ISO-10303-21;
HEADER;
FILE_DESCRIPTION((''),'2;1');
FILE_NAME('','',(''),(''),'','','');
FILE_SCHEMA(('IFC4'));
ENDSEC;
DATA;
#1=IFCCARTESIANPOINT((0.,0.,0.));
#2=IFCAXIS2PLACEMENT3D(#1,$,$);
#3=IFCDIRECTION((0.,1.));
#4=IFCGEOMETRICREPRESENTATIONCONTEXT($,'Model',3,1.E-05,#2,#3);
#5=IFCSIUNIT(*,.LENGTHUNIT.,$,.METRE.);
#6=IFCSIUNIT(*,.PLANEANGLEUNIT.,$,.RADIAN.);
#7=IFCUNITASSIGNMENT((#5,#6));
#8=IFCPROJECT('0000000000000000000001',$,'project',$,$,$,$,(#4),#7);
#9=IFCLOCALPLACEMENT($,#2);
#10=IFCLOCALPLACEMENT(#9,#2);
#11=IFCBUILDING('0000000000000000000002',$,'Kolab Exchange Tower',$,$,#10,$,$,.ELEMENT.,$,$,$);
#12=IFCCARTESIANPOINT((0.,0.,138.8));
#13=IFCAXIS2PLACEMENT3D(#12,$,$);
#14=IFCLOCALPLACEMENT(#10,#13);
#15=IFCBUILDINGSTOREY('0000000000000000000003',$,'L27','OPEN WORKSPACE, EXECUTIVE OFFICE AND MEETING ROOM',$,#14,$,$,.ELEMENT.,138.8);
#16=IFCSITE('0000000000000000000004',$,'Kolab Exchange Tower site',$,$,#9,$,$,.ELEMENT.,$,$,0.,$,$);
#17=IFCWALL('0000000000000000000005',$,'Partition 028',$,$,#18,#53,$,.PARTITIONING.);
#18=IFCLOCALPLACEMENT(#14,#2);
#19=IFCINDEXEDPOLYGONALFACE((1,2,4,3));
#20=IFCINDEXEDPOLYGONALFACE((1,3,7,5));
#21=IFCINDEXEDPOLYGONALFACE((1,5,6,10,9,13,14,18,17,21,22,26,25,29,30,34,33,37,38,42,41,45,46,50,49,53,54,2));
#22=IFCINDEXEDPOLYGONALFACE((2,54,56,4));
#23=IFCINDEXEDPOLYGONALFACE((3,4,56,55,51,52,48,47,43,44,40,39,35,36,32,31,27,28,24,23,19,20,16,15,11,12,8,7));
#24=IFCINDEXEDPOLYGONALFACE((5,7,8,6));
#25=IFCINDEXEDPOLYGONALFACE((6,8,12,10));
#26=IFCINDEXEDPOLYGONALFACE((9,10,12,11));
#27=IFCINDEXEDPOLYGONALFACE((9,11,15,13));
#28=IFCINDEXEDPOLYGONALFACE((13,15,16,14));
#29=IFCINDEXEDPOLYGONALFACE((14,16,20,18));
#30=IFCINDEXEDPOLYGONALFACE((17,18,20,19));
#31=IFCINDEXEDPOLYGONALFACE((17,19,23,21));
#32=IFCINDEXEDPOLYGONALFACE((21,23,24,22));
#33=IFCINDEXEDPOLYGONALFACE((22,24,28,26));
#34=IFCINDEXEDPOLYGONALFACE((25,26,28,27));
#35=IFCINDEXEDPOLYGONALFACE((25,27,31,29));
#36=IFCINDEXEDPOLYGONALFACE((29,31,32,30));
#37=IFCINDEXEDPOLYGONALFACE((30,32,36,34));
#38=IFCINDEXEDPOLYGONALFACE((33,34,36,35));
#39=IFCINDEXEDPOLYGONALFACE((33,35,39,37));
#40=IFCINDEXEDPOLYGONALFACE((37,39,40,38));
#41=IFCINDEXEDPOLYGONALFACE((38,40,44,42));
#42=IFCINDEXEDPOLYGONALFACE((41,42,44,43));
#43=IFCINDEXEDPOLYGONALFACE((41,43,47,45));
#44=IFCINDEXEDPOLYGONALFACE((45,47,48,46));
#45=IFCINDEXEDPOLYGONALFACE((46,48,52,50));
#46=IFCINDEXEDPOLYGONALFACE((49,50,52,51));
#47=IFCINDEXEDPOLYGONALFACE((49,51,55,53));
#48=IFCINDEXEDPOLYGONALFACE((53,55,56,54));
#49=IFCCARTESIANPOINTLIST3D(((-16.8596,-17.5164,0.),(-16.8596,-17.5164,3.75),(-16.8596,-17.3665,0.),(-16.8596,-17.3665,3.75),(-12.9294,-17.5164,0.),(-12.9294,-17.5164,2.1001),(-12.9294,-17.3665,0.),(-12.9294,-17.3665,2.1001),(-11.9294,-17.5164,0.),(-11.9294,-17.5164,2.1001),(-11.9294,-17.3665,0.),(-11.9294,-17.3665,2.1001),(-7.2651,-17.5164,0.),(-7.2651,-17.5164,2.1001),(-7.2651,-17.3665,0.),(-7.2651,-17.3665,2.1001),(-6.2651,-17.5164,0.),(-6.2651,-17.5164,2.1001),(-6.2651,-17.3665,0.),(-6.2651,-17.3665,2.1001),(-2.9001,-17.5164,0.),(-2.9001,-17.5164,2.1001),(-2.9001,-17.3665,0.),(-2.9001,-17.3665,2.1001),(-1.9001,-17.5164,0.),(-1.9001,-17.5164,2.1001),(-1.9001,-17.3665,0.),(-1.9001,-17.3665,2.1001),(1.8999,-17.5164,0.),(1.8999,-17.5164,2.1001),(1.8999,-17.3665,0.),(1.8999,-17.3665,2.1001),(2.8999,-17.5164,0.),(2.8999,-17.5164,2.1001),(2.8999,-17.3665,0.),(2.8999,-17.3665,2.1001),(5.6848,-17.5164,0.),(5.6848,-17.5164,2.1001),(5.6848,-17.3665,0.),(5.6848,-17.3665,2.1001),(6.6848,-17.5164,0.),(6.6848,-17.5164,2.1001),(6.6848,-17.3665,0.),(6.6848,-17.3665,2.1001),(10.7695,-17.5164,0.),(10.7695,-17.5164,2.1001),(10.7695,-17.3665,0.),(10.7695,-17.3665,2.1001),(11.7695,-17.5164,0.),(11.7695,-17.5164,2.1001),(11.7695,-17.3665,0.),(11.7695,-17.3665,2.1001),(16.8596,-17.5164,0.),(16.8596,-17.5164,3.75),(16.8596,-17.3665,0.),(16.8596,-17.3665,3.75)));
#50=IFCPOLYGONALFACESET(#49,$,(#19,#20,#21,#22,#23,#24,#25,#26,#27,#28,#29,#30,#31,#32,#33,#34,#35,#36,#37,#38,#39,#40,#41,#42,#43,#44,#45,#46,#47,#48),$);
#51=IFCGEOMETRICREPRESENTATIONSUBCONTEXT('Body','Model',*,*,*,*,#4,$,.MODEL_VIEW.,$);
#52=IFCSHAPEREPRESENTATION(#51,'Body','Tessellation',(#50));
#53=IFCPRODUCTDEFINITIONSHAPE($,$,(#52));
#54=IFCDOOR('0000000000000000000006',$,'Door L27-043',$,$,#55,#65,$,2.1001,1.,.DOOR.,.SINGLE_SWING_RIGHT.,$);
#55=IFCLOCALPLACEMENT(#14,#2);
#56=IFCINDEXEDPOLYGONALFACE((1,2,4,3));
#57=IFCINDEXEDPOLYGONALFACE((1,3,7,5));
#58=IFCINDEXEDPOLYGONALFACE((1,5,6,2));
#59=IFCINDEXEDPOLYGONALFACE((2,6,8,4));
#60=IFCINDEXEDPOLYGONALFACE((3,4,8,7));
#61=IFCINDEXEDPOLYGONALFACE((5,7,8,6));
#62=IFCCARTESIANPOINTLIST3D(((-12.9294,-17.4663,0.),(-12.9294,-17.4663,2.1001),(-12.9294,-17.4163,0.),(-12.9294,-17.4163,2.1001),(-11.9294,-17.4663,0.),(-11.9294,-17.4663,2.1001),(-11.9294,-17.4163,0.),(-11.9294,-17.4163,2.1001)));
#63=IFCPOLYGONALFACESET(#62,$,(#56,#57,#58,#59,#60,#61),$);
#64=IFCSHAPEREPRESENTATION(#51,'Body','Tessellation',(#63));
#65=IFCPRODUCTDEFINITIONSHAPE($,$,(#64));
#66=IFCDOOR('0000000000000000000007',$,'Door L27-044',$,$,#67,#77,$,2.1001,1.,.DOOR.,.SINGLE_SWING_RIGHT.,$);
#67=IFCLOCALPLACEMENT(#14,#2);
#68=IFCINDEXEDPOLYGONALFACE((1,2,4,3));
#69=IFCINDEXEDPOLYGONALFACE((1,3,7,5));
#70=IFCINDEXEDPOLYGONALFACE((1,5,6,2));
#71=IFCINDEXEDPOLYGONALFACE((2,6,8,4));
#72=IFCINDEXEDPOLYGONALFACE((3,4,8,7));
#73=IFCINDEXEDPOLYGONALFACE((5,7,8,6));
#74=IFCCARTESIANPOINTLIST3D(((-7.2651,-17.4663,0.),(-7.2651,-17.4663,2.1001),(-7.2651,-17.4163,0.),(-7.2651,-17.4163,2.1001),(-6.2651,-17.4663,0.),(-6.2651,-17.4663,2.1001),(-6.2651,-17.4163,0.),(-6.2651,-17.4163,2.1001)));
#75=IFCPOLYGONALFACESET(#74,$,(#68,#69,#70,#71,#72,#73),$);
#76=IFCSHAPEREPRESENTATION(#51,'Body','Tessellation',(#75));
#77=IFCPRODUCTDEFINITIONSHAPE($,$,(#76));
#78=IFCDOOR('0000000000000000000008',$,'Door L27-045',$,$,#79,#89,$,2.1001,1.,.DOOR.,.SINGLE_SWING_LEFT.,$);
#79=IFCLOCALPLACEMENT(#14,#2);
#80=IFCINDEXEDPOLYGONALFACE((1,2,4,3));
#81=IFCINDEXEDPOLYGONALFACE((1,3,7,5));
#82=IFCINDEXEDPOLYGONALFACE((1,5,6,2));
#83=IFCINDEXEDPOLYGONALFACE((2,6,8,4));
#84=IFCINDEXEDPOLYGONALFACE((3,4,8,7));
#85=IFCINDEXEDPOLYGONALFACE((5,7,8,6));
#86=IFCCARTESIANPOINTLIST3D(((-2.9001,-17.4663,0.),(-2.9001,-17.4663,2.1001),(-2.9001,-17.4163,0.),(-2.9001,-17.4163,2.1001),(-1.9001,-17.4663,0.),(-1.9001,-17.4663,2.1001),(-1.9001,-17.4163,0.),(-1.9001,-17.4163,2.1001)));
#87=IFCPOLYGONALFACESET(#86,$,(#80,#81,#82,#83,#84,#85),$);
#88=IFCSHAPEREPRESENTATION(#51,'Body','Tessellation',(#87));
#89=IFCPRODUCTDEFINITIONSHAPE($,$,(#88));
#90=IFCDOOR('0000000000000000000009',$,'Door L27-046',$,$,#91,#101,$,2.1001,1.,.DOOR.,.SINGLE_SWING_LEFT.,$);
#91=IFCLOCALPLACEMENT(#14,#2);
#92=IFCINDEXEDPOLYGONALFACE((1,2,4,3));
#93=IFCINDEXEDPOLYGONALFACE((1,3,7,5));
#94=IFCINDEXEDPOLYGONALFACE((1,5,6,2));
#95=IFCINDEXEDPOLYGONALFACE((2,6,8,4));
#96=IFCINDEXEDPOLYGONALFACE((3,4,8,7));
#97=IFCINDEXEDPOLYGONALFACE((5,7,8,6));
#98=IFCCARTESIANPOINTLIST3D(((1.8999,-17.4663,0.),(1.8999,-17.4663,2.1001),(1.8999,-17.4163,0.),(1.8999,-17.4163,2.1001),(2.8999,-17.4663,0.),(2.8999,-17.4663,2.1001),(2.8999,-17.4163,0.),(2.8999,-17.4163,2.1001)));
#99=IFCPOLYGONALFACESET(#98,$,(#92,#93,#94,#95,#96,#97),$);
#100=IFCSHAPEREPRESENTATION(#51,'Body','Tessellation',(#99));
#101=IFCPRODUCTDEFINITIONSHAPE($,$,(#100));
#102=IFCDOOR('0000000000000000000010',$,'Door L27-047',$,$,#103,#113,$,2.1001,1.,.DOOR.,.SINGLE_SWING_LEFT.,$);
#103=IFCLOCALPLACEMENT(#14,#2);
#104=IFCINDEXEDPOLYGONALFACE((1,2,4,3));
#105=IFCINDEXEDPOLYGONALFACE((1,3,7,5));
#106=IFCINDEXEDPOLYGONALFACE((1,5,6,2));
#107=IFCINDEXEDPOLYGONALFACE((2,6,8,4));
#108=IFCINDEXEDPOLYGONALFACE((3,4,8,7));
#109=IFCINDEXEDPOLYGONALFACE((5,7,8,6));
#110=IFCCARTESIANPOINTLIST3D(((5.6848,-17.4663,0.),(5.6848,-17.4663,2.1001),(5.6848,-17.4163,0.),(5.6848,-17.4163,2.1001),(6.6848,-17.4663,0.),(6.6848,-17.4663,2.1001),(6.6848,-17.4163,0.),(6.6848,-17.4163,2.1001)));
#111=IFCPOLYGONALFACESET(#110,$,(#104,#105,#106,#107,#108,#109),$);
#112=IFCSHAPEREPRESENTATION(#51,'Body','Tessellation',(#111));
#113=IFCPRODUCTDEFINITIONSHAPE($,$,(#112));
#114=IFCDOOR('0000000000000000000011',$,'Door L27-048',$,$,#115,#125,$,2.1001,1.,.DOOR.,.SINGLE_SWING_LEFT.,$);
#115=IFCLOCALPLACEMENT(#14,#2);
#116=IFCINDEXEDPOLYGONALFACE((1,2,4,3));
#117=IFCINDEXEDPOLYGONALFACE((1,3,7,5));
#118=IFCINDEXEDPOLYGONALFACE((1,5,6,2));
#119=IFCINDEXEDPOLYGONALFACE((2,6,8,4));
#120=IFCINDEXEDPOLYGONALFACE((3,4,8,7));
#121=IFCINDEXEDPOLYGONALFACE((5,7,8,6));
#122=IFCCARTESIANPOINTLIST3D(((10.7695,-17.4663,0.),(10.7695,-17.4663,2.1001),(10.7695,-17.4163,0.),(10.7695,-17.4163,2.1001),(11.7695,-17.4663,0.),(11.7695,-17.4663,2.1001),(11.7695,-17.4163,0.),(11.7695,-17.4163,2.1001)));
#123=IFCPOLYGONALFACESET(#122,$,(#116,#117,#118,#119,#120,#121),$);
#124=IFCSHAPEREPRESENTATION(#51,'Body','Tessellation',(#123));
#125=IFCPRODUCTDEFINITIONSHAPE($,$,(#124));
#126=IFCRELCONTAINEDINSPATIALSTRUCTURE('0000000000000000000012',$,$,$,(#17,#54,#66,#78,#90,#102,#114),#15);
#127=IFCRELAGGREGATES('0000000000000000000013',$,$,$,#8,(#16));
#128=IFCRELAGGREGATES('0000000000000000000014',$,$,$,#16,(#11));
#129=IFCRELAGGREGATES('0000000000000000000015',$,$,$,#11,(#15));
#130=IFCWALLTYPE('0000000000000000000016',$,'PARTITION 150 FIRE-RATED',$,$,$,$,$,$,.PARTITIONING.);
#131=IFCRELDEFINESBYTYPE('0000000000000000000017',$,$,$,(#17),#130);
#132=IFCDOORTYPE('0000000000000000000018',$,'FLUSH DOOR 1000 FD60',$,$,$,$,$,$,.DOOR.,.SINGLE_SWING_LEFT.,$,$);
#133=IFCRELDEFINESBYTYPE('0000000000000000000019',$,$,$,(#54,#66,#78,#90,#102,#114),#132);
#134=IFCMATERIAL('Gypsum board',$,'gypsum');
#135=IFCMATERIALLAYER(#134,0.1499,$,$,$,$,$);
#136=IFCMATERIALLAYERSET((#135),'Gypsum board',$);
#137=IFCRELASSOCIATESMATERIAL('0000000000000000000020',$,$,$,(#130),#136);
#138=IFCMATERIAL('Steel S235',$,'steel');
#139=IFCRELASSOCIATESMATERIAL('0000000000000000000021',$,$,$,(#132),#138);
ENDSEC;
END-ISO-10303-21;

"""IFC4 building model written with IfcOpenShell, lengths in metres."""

from ifc_helpers import new_model, si_unit, direction, frame, frame_2d, origin, place, context, subcontext, project, spatial, rectangle, extrude, material, layer, layer_set, type_object, element, fill, save


model = new_model("IFC4")

# Units and contexts
model_context = context("Model", 3, precision=1e-05, world=origin(), true_north=direction((0.0, 1.0)))
body_context = subcontext(model_context, "Body", "Model", "MODEL_VIEW")
ifc_project = project(units=[si_unit("LENGTHUNIT", "METRE"), si_unit("PLANEANGLEUNIT", "RADIAN")], contexts=[model_context])

# Site, building, storey
site_placement = place(None, origin())
site = spatial("IfcSite", under=ifc_project, at=site_placement, Name="Kolab Exchange Tower site", CompositionType="ELEMENT", RefElevation=0.0)
building_placement = place(site_placement, origin())
building = spatial("IfcBuilding", under=site, at=building_placement, Name="Kolab Exchange Tower", CompositionType="ELEMENT")
storey_placement = place(building_placement, frame((0.0, 0.0, 138.8)))
storey = spatial("IfcBuildingStorey", under=building, at=storey_placement, Name="L27", Description="OPEN WORKSPACE, EXECUTIVE OFFICE AND MEETING ROOM", CompositionType="ELEMENT", Elevation=138.8)

# Wall, openings, doors
ifc_material_1 = material(Name="Gypsum board", Category="gypsum")
ifc_layer_1 = layer(ifc_material_1, 0.1499)
ifc_layer_set_1 = layer_set([ifc_layer_1], Name="Gypsum board")
wall_type_1 = type_object("IfcWallType", Name="PARTITION 150 FIRE-RATED", PredefinedType="PARTITIONING", material=ifc_layer_set_1)
wall_1_placement = place(storey_placement, frame((-16.8596, -17.4414, 0.0), z_axis=(0.0, 0.0, 1.0), x_axis=(1.0, 0.0, 0.0)))
wall_1 = element("IfcWall", 1, at=wall_1_placement, inside=storey, type_object=wall_type_1, Name="Partition 028", PredefinedType="PARTITIONING", context=body_context, shape_type="SweptSolid", body=[
    extrude(rectangle(XDim=33.7192, YDim=0.1499, at=frame_2d((16.8596, 0.0))), origin(), (0.0, 0.0, 1.0), 3.75),
])
opening_1_placement = place(wall_1_placement, frame((3.9302, 0.0, 0.0)))
opening_1 = element("IfcOpeningElement", 2, at=opening_1_placement, cuts=wall_1, PredefinedType="OPENING", context=body_context, shape_type="SweptSolid", body=[
    extrude(rectangle(XDim=1.0, YDim=2.1001, at=frame_2d((0.5, 1.05))), frame((0.0, 0.085, 0.0), z_axis=(0.0, -1.0, 0.0), x_axis=(1.0, 0.0, 0.0)), (0.0, 0.0, 1.0), 0.1699),
])
opening_2_placement = place(wall_1_placement, frame((9.5945, 0.0, 0.0)))
opening_2 = element("IfcOpeningElement", 3, at=opening_2_placement, cuts=wall_1, PredefinedType="OPENING", context=body_context, shape_type="SweptSolid", body=[
    extrude(rectangle(XDim=1.0, YDim=2.1001, at=frame_2d((0.5, 1.05))), frame((0.0, 0.085, 0.0), z_axis=(0.0, -1.0, 0.0), x_axis=(1.0, 0.0, 0.0)), (0.0, 0.0, 1.0), 0.1699),
])
opening_3_placement = place(wall_1_placement, frame((13.9595, 0.0, 0.0)))
opening_3 = element("IfcOpeningElement", 4, at=opening_3_placement, cuts=wall_1, PredefinedType="OPENING", context=body_context, shape_type="SweptSolid", body=[
    extrude(rectangle(XDim=1.0, YDim=2.1001, at=frame_2d((0.5, 1.05))), frame((0.0, 0.085, 0.0), z_axis=(0.0, -1.0, 0.0), x_axis=(1.0, 0.0, 0.0)), (0.0, 0.0, 1.0), 0.1699),
])
opening_4_placement = place(wall_1_placement, frame((18.7595, 0.0, 0.0)))
opening_4 = element("IfcOpeningElement", 5, at=opening_4_placement, cuts=wall_1, PredefinedType="OPENING", context=body_context, shape_type="SweptSolid", body=[
    extrude(rectangle(XDim=1.0, YDim=2.1001, at=frame_2d((0.5, 1.05))), frame((0.0, 0.085, 0.0), z_axis=(0.0, -1.0, 0.0), x_axis=(1.0, 0.0, 0.0)), (0.0, 0.0, 1.0), 0.1699),
])
opening_5_placement = place(wall_1_placement, frame((22.5444, 0.0, 0.0)))
opening_5 = element("IfcOpeningElement", 6, at=opening_5_placement, cuts=wall_1, PredefinedType="OPENING", context=body_context, shape_type="SweptSolid", body=[
    extrude(rectangle(XDim=1.0, YDim=2.1001, at=frame_2d((0.5, 1.05))), frame((0.0, 0.085, 0.0), z_axis=(0.0, -1.0, 0.0), x_axis=(1.0, 0.0, 0.0)), (0.0, 0.0, 1.0), 0.1699),
])
opening_6_placement = place(wall_1_placement, frame((27.6292, 0.0, 0.0)))
opening_6 = element("IfcOpeningElement", 7, at=opening_6_placement, cuts=wall_1, PredefinedType="OPENING", context=body_context, shape_type="SweptSolid", body=[
    extrude(rectangle(XDim=1.0, YDim=2.1001, at=frame_2d((0.5, 1.05))), frame((0.0, 0.085, 0.0), z_axis=(0.0, -1.0, 0.0), x_axis=(1.0, 0.0, 0.0)), (0.0, 0.0, 1.0), 0.1699),
])
ifc_material_2 = material(Name="Steel S235", Category="steel")
door_type_1 = type_object("IfcDoorType", Name="FLUSH DOOR 1000 FD60", OperationType="SINGLE_SWING_LEFT", PredefinedType="DOOR", material=ifc_material_2)
door_1_placement = place(opening_1_placement, frame((1.0, 0.0, 0.0), z_axis=(0.0, 0.0, 1.0), x_axis=(-1.0, 0.0, 0.0)))
door_1 = element("IfcDoor", 8, at=door_1_placement, inside=storey, type_object=door_type_1, Name="Door L27-043", OperationType="SINGLE_SWING_RIGHT", OverallHeight=2.1001, OverallWidth=1.0, PredefinedType="DOOR", context=body_context, shape_type="SweptSolid", body=[
    extrude(rectangle(XDim=1.0, YDim=2.1001, at=frame_2d((0.5, 1.05))), frame((0.0, 0.0249, 0.0), z_axis=(0.0, -1.0, 0.0), x_axis=(1.0, 0.0, 0.0)), (0.0, 0.0, 1.0), 0.05),
])
fill(opening_1, door_1)
door_2_placement = place(opening_2_placement, frame((1.0, 0.0, 0.0), z_axis=(0.0, 0.0, 1.0), x_axis=(-1.0, 0.0, 0.0)))
door_2 = element("IfcDoor", 9, at=door_2_placement, inside=storey, type_object=door_type_1, Name="Door L27-044", OperationType="SINGLE_SWING_RIGHT", OverallHeight=2.1001, OverallWidth=1.0, PredefinedType="DOOR", context=body_context, shape_type="SweptSolid", body=[
    extrude(rectangle(XDim=1.0, YDim=2.1001, at=frame_2d((0.5, 1.05))), frame((0.0, 0.0249, 0.0), z_axis=(0.0, -1.0, 0.0), x_axis=(1.0, 0.0, 0.0)), (0.0, 0.0, 1.0), 0.05),
])
fill(opening_2, door_2)
door_3_placement = place(opening_3_placement, frame((1.0, 0.0, 0.0), z_axis=(0.0, 0.0, 1.0), x_axis=(-1.0, 0.0, 0.0)))
door_3 = element("IfcDoor", 10, at=door_3_placement, inside=storey, type_object=door_type_1, Name="Door L27-045", OperationType="SINGLE_SWING_LEFT", OverallHeight=2.1001, OverallWidth=1.0, PredefinedType="DOOR", context=body_context, shape_type="SweptSolid", body=[
    extrude(rectangle(XDim=1.0, YDim=2.1001, at=frame_2d((0.5, 1.05))), frame((0.0, 0.0249, 0.0), z_axis=(0.0, -1.0, 0.0), x_axis=(1.0, 0.0, 0.0)), (0.0, 0.0, 1.0), 0.05),
])
fill(opening_3, door_3)
door_4_placement = place(opening_4_placement, frame((1.0, 0.0, 0.0), z_axis=(0.0, 0.0, 1.0), x_axis=(-1.0, 0.0, 0.0)))
door_4 = element("IfcDoor", 11, at=door_4_placement, inside=storey, type_object=door_type_1, Name="Door L27-046", OperationType="SINGLE_SWING_LEFT", OverallHeight=2.1001, OverallWidth=1.0, PredefinedType="DOOR", context=body_context, shape_type="SweptSolid", body=[
    extrude(rectangle(XDim=1.0, YDim=2.1001, at=frame_2d((0.5, 1.05))), frame((0.0, 0.0249, 0.0), z_axis=(0.0, -1.0, 0.0), x_axis=(1.0, 0.0, 0.0)), (0.0, 0.0, 1.0), 0.05),
])
fill(opening_4, door_4)
door_5_placement = place(opening_5_placement, frame((1.0, 0.0, 0.0), z_axis=(0.0, 0.0, 1.0), x_axis=(-1.0, 0.0, 0.0)))
door_5 = element("IfcDoor", 12, at=door_5_placement, inside=storey, type_object=door_type_1, Name="Door L27-047", OperationType="SINGLE_SWING_LEFT", OverallHeight=2.1001, OverallWidth=1.0, PredefinedType="DOOR", context=body_context, shape_type="SweptSolid", body=[
    extrude(rectangle(XDim=1.0, YDim=2.1001, at=frame_2d((0.5, 1.05))), frame((0.0, 0.0249, 0.0), z_axis=(0.0, -1.0, 0.0), x_axis=(1.0, 0.0, 0.0)), (0.0, 0.0, 1.0), 0.05),
])
fill(opening_5, door_5)
door_6_placement = place(opening_6_placement, frame((1.0, 0.0, 0.0), z_axis=(0.0, 0.0, 1.0), x_axis=(-1.0, 0.0, 0.0)))
door_6 = element("IfcDoor", 13, at=door_6_placement, inside=storey, type_object=door_type_1, Name="Door L27-048", OperationType="SINGLE_SWING_LEFT", OverallHeight=2.1001, OverallWidth=1.0, PredefinedType="DOOR", context=body_context, shape_type="SweptSolid", body=[
    extrude(rectangle(XDim=1.0, YDim=2.1001, at=frame_2d((0.5, 1.05))), frame((0.0, 0.0249, 0.0), z_axis=(0.0, -1.0, 0.0), x_axis=(1.0, 0.0, 0.0)), (0.0, 0.0, 1.0), 0.05),
])
fill(opening_6, door_6)

save(model, "model.ifc")
